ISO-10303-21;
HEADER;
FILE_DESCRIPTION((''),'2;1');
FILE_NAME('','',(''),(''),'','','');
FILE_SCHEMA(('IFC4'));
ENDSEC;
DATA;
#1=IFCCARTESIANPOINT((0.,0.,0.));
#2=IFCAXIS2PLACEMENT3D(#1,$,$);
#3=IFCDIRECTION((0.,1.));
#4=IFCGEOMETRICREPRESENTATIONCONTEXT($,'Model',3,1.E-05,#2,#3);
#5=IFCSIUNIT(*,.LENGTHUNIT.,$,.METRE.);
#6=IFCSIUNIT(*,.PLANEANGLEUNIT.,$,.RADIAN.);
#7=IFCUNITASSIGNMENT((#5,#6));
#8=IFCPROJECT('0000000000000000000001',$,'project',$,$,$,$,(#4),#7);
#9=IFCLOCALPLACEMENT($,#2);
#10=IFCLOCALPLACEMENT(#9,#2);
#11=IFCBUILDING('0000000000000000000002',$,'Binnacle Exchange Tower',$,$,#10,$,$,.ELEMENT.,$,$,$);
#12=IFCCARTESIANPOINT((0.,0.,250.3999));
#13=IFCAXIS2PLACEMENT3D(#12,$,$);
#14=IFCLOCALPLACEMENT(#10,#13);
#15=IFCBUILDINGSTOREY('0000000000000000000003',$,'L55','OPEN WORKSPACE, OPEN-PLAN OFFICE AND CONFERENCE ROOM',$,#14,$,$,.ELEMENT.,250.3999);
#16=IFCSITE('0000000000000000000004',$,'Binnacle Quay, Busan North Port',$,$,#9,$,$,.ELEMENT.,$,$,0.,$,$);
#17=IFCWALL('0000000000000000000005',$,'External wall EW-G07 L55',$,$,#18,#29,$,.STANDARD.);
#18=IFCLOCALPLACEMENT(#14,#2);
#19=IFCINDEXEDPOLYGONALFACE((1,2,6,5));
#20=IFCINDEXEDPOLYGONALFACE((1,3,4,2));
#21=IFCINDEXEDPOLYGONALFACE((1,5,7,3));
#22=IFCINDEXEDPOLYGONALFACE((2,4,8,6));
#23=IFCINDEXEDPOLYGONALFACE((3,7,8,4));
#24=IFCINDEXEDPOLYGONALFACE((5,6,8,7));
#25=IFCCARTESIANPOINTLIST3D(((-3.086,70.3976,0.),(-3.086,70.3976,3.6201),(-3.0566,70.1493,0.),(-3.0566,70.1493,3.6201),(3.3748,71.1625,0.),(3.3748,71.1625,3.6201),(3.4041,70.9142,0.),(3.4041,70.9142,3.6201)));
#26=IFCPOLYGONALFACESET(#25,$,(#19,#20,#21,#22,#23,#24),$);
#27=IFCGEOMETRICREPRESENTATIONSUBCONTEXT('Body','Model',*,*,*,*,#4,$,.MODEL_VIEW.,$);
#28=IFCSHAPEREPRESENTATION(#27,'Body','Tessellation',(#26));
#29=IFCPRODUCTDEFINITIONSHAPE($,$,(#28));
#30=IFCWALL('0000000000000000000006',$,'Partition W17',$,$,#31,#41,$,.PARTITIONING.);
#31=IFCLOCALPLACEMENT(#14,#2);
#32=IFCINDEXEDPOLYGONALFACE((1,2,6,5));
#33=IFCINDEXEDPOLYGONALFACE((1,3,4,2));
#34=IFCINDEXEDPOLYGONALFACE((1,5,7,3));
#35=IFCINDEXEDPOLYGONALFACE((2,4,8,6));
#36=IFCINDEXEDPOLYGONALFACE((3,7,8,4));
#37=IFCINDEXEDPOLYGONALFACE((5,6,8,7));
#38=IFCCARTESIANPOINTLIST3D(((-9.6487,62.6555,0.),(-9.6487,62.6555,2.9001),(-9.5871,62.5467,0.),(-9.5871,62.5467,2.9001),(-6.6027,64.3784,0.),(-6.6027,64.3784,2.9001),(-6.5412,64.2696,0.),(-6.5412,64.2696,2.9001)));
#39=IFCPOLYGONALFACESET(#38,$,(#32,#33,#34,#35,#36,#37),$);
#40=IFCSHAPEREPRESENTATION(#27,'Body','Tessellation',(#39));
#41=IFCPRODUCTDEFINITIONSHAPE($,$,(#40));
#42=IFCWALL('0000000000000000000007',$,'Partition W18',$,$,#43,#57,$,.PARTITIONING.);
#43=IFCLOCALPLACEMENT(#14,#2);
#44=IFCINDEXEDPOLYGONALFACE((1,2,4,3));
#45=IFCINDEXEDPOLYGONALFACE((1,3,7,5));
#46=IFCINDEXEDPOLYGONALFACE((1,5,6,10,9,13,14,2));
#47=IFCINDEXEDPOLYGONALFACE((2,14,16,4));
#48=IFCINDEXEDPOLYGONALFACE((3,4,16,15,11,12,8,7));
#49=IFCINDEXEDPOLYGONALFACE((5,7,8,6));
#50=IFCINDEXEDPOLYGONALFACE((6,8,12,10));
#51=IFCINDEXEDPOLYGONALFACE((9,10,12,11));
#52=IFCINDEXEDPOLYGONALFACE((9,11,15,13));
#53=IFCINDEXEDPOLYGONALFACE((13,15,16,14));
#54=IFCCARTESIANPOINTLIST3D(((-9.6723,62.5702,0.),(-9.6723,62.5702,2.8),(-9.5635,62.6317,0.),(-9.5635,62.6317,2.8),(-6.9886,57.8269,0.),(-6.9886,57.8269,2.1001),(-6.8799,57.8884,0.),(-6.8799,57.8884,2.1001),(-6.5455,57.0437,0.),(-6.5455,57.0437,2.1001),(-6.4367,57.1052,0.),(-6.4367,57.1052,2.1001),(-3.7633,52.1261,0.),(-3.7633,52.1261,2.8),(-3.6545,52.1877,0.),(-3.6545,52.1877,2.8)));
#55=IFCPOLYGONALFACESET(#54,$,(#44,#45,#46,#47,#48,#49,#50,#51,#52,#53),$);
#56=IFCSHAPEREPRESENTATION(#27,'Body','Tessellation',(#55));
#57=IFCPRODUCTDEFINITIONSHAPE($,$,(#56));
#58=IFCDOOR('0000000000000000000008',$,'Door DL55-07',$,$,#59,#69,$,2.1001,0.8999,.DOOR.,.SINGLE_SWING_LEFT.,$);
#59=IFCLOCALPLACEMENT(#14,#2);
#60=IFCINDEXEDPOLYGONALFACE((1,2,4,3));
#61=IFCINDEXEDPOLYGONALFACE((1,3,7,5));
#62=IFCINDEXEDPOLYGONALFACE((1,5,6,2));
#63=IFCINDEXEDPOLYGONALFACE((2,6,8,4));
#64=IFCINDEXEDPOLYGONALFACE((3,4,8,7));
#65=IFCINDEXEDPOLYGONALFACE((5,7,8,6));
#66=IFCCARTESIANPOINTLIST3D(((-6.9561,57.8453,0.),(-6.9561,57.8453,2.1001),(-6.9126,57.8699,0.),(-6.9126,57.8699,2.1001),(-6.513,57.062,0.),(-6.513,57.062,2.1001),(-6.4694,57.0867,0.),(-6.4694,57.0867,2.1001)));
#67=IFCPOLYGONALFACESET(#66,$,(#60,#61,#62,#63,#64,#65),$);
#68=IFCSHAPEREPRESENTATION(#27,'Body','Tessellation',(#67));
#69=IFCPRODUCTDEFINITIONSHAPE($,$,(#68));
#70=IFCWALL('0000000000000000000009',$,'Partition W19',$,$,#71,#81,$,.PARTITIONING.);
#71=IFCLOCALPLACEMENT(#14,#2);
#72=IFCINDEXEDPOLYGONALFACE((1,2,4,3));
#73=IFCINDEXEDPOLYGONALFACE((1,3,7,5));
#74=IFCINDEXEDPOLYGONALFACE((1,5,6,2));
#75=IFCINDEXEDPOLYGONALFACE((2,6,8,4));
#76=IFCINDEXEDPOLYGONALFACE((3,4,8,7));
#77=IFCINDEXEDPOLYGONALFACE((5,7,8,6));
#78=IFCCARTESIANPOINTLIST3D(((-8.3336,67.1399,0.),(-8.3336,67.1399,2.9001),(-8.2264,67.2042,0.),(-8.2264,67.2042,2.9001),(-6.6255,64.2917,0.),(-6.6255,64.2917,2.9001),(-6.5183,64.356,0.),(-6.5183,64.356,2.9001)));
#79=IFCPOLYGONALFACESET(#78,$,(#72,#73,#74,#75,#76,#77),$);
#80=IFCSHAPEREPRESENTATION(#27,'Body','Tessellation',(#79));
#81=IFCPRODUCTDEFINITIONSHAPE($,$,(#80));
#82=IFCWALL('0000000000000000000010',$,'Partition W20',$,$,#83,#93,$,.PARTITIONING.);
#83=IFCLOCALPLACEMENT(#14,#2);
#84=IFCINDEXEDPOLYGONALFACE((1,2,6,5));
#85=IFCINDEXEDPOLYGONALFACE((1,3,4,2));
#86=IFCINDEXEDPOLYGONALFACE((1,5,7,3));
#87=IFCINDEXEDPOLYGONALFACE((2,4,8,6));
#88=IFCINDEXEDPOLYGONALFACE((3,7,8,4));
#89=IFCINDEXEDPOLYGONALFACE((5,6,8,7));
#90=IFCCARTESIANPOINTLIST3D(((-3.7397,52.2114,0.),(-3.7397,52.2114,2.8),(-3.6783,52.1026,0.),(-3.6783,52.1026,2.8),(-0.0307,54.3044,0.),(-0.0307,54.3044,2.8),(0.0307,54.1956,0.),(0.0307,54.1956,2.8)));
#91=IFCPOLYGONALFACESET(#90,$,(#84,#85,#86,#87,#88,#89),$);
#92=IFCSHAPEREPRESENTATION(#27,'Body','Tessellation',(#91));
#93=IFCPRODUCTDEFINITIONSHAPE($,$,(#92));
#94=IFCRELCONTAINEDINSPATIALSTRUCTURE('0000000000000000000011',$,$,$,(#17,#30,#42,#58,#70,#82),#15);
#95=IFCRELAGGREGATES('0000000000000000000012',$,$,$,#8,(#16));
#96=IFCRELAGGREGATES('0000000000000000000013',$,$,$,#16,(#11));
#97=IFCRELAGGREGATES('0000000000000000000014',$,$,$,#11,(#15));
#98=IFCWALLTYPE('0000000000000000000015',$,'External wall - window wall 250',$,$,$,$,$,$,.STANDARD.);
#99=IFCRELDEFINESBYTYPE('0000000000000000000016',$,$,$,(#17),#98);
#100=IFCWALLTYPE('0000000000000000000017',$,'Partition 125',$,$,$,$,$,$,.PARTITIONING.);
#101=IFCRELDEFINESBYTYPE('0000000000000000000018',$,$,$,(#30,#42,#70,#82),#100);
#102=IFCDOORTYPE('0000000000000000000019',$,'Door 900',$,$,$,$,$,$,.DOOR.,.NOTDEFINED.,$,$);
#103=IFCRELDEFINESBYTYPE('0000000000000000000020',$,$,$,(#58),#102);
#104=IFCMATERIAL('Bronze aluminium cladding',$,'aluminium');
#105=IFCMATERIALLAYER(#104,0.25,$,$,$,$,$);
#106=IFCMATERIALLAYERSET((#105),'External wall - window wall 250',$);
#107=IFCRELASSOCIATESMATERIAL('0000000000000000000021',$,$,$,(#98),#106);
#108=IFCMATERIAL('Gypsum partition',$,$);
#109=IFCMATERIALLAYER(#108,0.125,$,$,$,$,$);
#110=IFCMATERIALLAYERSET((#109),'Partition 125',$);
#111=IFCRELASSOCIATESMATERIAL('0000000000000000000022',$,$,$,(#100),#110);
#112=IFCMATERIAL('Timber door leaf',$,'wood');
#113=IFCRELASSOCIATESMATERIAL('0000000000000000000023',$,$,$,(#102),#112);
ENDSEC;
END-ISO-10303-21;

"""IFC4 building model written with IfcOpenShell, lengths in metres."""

from ifc_helpers import new_model, si_unit, direction, frame, frame_2d, origin, place, context, subcontext, project, spatial, rectangle, extrude, material, layer, layer_set, type_object, element, fill, save


model = new_model("IFC4")

# Units and contexts
model_context = context("Model", 3, precision=1e-05, world=origin(), true_north=direction((0.0, 1.0)))
body_context = subcontext(model_context, "Body", "Model", "MODEL_VIEW")
ifc_project = project(units=[si_unit("LENGTHUNIT", "METRE"), si_unit("PLANEANGLEUNIT", "RADIAN")], contexts=[model_context])

# Site, building, storey
site_placement = place(None, origin())
site = spatial("IfcSite", under=ifc_project, at=site_placement, Name="Binnacle Quay, Busan North Port", CompositionType="ELEMENT", RefElevation=0.0)
building_placement = place(site_placement, origin())
building = spatial("IfcBuilding", under=site, at=building_placement, Name="Binnacle Exchange Tower", CompositionType="ELEMENT")
storey_placement = place(building_placement, frame((0.0, 0.0, 250.3999)))
storey = spatial("IfcBuildingStorey", under=building, at=storey_placement, Name="L55", Description="OPEN WORKSPACE, OPEN-PLAN OFFICE AND CONFERENCE ROOM", CompositionType="ELEMENT", Elevation=250.3999)

# Walls
ifc_material_1 = material(Name="Bronze aluminium cladding", Category="aluminium")
ifc_layer_1 = layer(ifc_material_1, 0.25)
ifc_layer_set_1 = layer_set([ifc_layer_1], Name="External wall - window wall 250")
wall_type_1 = type_object("IfcWallType", Name="External wall - window wall 250", PredefinedType="STANDARD", material=ifc_layer_set_1)
wall_1_placement = place(storey_placement, frame((-3.0713, 70.2734, 0.0), z_axis=(0.0, 0.0, 1.0), x_axis=(0.993065, 0.117571, 0.0)))
element("IfcWall", 1, at=wall_1_placement, inside=storey, type_object=wall_type_1, Name="External wall EW-G07 L55", PredefinedType="STANDARD", context=body_context, shape_type="SweptSolid", body=[
    extrude(rectangle(XDim=6.5059, YDim=0.25, at=frame_2d((3.2529, 0.0))), origin(), (0.0, 0.0, 1.0), 3.6201),
])
ifc_material_2 = material(Name="Gypsum partition")
ifc_layer_2 = layer(ifc_material_2, 0.125)
ifc_layer_set_2 = layer_set([ifc_layer_2], Name="Partition 125")
wall_type_2 = type_object("IfcWallType", Name="Partition 125", PredefinedType="PARTITIONING", material=ifc_layer_set_2)
wall_2_placement = place(storey_placement, frame((-9.6179, 62.6011, 0.0), z_axis=(0.0, 0.0, 1.0), x_axis=(0.870403, 0.49234, 0.0)))
element("IfcWall", 2, at=wall_2_placement, inside=storey, type_object=wall_type_2, Name="Partition W17", PredefinedType="PARTITIONING", context=body_context, shape_type="SweptSolid", body=[
    extrude(rectangle(XDim=3.4995, YDim=0.125, at=frame_2d((1.7498, 0.0))), origin(), (0.0, 0.0, 1.0), 2.9001),
])

# Wall, opening, door
wall_3_placement = place(storey_placement, frame((-9.6179, 62.6011, 0.0), z_axis=(0.0, 0.0, 1.0), x_axis=(0.492421, -0.870357, 0.0)))
wall_3 = element("IfcWall", 3, at=wall_3_placement, inside=storey, type_object=wall_type_2, Name="Partition W18", PredefinedType="PARTITIONING", context=body_context, shape_type="SweptSolid", body=[
    extrude(rectangle(XDim=11.9998, YDim=0.125, at=frame_2d((6.0, 0.0))), origin(), (0.0, 0.0, 1.0), 2.8),
])
opening_placement = place(wall_3_placement, frame((5.45, 0.0, 0.0)))
opening = element("IfcOpeningElement", 4, at=opening_placement, cuts=wall_3, PredefinedType="OPENING", context=body_context, shape_type="SweptSolid", body=[
    extrude(rectangle(XDim=0.8999, YDim=2.1001, at=frame_2d((0.45, 1.05))), frame((0.0, 0.0725, 0.0), z_axis=(0.0, -1.0, 0.0), x_axis=(1.0, 0.0, 0.0)), (0.0, 0.0, 1.0), 0.145),
])
ifc_material_3 = material(Name="Timber door leaf", Category="wood")
door_type = type_object("IfcDoorType", Name="Door 900", OperationType="NOTDEFINED", PredefinedType="DOOR", material=ifc_material_3)
door_placement = place(opening_placement, origin())
door = element("IfcDoor", 5, at=door_placement, inside=storey, type_object=door_type, Name="Door DL55-07", OperationType="SINGLE_SWING_LEFT", OverallHeight=2.1001, OverallWidth=0.8999, PredefinedType="DOOR", context=body_context, shape_type="SweptSolid", body=[
    extrude(rectangle(XDim=0.8999, YDim=2.1001, at=frame_2d((0.45, 1.05))), frame((0.0, 0.0249, 0.0), z_axis=(0.0, -1.0, 0.0), x_axis=(1.0, 0.0, 0.0)), (0.0, 0.0, 1.0), 0.05),
])
fill(opening, door)

# Walls
wall_4_placement = place(storey_placement, frame((-8.28, 67.1721, 0.0), z_axis=(0.0, 0.0, 1.0), x_axis=(0.514301, -0.85761, 0.0)))
element("IfcWall", 6, at=wall_4_placement, inside=storey, type_object=wall_type_2, Name="Partition W19", PredefinedType="PARTITIONING", context=body_context, shape_type="SweptSolid", body=[
    extrude(rectangle(XDim=3.321, YDim=0.125, at=frame_2d((1.6606, 0.0))), origin(), (0.0, 0.0, 1.0), 2.9001),
])
wall_5_placement = place(storey_placement, frame((-3.709, 52.157, 0.0), z_axis=(0.0, 0.0, 1.0), x_axis=(0.870901, 0.491458, 0.0)))
element("IfcWall", 7, at=wall_5_placement, inside=storey, type_object=wall_type_2, Name="Partition W20", PredefinedType="PARTITIONING", context=body_context, shape_type="SweptSolid", body=[
    extrude(rectangle(XDim=4.2588, YDim=0.125, at=frame_2d((2.1294, 0.0))), origin(), (0.0, 0.0, 1.0), 2.8),
])

save(model, "model.ifc")
